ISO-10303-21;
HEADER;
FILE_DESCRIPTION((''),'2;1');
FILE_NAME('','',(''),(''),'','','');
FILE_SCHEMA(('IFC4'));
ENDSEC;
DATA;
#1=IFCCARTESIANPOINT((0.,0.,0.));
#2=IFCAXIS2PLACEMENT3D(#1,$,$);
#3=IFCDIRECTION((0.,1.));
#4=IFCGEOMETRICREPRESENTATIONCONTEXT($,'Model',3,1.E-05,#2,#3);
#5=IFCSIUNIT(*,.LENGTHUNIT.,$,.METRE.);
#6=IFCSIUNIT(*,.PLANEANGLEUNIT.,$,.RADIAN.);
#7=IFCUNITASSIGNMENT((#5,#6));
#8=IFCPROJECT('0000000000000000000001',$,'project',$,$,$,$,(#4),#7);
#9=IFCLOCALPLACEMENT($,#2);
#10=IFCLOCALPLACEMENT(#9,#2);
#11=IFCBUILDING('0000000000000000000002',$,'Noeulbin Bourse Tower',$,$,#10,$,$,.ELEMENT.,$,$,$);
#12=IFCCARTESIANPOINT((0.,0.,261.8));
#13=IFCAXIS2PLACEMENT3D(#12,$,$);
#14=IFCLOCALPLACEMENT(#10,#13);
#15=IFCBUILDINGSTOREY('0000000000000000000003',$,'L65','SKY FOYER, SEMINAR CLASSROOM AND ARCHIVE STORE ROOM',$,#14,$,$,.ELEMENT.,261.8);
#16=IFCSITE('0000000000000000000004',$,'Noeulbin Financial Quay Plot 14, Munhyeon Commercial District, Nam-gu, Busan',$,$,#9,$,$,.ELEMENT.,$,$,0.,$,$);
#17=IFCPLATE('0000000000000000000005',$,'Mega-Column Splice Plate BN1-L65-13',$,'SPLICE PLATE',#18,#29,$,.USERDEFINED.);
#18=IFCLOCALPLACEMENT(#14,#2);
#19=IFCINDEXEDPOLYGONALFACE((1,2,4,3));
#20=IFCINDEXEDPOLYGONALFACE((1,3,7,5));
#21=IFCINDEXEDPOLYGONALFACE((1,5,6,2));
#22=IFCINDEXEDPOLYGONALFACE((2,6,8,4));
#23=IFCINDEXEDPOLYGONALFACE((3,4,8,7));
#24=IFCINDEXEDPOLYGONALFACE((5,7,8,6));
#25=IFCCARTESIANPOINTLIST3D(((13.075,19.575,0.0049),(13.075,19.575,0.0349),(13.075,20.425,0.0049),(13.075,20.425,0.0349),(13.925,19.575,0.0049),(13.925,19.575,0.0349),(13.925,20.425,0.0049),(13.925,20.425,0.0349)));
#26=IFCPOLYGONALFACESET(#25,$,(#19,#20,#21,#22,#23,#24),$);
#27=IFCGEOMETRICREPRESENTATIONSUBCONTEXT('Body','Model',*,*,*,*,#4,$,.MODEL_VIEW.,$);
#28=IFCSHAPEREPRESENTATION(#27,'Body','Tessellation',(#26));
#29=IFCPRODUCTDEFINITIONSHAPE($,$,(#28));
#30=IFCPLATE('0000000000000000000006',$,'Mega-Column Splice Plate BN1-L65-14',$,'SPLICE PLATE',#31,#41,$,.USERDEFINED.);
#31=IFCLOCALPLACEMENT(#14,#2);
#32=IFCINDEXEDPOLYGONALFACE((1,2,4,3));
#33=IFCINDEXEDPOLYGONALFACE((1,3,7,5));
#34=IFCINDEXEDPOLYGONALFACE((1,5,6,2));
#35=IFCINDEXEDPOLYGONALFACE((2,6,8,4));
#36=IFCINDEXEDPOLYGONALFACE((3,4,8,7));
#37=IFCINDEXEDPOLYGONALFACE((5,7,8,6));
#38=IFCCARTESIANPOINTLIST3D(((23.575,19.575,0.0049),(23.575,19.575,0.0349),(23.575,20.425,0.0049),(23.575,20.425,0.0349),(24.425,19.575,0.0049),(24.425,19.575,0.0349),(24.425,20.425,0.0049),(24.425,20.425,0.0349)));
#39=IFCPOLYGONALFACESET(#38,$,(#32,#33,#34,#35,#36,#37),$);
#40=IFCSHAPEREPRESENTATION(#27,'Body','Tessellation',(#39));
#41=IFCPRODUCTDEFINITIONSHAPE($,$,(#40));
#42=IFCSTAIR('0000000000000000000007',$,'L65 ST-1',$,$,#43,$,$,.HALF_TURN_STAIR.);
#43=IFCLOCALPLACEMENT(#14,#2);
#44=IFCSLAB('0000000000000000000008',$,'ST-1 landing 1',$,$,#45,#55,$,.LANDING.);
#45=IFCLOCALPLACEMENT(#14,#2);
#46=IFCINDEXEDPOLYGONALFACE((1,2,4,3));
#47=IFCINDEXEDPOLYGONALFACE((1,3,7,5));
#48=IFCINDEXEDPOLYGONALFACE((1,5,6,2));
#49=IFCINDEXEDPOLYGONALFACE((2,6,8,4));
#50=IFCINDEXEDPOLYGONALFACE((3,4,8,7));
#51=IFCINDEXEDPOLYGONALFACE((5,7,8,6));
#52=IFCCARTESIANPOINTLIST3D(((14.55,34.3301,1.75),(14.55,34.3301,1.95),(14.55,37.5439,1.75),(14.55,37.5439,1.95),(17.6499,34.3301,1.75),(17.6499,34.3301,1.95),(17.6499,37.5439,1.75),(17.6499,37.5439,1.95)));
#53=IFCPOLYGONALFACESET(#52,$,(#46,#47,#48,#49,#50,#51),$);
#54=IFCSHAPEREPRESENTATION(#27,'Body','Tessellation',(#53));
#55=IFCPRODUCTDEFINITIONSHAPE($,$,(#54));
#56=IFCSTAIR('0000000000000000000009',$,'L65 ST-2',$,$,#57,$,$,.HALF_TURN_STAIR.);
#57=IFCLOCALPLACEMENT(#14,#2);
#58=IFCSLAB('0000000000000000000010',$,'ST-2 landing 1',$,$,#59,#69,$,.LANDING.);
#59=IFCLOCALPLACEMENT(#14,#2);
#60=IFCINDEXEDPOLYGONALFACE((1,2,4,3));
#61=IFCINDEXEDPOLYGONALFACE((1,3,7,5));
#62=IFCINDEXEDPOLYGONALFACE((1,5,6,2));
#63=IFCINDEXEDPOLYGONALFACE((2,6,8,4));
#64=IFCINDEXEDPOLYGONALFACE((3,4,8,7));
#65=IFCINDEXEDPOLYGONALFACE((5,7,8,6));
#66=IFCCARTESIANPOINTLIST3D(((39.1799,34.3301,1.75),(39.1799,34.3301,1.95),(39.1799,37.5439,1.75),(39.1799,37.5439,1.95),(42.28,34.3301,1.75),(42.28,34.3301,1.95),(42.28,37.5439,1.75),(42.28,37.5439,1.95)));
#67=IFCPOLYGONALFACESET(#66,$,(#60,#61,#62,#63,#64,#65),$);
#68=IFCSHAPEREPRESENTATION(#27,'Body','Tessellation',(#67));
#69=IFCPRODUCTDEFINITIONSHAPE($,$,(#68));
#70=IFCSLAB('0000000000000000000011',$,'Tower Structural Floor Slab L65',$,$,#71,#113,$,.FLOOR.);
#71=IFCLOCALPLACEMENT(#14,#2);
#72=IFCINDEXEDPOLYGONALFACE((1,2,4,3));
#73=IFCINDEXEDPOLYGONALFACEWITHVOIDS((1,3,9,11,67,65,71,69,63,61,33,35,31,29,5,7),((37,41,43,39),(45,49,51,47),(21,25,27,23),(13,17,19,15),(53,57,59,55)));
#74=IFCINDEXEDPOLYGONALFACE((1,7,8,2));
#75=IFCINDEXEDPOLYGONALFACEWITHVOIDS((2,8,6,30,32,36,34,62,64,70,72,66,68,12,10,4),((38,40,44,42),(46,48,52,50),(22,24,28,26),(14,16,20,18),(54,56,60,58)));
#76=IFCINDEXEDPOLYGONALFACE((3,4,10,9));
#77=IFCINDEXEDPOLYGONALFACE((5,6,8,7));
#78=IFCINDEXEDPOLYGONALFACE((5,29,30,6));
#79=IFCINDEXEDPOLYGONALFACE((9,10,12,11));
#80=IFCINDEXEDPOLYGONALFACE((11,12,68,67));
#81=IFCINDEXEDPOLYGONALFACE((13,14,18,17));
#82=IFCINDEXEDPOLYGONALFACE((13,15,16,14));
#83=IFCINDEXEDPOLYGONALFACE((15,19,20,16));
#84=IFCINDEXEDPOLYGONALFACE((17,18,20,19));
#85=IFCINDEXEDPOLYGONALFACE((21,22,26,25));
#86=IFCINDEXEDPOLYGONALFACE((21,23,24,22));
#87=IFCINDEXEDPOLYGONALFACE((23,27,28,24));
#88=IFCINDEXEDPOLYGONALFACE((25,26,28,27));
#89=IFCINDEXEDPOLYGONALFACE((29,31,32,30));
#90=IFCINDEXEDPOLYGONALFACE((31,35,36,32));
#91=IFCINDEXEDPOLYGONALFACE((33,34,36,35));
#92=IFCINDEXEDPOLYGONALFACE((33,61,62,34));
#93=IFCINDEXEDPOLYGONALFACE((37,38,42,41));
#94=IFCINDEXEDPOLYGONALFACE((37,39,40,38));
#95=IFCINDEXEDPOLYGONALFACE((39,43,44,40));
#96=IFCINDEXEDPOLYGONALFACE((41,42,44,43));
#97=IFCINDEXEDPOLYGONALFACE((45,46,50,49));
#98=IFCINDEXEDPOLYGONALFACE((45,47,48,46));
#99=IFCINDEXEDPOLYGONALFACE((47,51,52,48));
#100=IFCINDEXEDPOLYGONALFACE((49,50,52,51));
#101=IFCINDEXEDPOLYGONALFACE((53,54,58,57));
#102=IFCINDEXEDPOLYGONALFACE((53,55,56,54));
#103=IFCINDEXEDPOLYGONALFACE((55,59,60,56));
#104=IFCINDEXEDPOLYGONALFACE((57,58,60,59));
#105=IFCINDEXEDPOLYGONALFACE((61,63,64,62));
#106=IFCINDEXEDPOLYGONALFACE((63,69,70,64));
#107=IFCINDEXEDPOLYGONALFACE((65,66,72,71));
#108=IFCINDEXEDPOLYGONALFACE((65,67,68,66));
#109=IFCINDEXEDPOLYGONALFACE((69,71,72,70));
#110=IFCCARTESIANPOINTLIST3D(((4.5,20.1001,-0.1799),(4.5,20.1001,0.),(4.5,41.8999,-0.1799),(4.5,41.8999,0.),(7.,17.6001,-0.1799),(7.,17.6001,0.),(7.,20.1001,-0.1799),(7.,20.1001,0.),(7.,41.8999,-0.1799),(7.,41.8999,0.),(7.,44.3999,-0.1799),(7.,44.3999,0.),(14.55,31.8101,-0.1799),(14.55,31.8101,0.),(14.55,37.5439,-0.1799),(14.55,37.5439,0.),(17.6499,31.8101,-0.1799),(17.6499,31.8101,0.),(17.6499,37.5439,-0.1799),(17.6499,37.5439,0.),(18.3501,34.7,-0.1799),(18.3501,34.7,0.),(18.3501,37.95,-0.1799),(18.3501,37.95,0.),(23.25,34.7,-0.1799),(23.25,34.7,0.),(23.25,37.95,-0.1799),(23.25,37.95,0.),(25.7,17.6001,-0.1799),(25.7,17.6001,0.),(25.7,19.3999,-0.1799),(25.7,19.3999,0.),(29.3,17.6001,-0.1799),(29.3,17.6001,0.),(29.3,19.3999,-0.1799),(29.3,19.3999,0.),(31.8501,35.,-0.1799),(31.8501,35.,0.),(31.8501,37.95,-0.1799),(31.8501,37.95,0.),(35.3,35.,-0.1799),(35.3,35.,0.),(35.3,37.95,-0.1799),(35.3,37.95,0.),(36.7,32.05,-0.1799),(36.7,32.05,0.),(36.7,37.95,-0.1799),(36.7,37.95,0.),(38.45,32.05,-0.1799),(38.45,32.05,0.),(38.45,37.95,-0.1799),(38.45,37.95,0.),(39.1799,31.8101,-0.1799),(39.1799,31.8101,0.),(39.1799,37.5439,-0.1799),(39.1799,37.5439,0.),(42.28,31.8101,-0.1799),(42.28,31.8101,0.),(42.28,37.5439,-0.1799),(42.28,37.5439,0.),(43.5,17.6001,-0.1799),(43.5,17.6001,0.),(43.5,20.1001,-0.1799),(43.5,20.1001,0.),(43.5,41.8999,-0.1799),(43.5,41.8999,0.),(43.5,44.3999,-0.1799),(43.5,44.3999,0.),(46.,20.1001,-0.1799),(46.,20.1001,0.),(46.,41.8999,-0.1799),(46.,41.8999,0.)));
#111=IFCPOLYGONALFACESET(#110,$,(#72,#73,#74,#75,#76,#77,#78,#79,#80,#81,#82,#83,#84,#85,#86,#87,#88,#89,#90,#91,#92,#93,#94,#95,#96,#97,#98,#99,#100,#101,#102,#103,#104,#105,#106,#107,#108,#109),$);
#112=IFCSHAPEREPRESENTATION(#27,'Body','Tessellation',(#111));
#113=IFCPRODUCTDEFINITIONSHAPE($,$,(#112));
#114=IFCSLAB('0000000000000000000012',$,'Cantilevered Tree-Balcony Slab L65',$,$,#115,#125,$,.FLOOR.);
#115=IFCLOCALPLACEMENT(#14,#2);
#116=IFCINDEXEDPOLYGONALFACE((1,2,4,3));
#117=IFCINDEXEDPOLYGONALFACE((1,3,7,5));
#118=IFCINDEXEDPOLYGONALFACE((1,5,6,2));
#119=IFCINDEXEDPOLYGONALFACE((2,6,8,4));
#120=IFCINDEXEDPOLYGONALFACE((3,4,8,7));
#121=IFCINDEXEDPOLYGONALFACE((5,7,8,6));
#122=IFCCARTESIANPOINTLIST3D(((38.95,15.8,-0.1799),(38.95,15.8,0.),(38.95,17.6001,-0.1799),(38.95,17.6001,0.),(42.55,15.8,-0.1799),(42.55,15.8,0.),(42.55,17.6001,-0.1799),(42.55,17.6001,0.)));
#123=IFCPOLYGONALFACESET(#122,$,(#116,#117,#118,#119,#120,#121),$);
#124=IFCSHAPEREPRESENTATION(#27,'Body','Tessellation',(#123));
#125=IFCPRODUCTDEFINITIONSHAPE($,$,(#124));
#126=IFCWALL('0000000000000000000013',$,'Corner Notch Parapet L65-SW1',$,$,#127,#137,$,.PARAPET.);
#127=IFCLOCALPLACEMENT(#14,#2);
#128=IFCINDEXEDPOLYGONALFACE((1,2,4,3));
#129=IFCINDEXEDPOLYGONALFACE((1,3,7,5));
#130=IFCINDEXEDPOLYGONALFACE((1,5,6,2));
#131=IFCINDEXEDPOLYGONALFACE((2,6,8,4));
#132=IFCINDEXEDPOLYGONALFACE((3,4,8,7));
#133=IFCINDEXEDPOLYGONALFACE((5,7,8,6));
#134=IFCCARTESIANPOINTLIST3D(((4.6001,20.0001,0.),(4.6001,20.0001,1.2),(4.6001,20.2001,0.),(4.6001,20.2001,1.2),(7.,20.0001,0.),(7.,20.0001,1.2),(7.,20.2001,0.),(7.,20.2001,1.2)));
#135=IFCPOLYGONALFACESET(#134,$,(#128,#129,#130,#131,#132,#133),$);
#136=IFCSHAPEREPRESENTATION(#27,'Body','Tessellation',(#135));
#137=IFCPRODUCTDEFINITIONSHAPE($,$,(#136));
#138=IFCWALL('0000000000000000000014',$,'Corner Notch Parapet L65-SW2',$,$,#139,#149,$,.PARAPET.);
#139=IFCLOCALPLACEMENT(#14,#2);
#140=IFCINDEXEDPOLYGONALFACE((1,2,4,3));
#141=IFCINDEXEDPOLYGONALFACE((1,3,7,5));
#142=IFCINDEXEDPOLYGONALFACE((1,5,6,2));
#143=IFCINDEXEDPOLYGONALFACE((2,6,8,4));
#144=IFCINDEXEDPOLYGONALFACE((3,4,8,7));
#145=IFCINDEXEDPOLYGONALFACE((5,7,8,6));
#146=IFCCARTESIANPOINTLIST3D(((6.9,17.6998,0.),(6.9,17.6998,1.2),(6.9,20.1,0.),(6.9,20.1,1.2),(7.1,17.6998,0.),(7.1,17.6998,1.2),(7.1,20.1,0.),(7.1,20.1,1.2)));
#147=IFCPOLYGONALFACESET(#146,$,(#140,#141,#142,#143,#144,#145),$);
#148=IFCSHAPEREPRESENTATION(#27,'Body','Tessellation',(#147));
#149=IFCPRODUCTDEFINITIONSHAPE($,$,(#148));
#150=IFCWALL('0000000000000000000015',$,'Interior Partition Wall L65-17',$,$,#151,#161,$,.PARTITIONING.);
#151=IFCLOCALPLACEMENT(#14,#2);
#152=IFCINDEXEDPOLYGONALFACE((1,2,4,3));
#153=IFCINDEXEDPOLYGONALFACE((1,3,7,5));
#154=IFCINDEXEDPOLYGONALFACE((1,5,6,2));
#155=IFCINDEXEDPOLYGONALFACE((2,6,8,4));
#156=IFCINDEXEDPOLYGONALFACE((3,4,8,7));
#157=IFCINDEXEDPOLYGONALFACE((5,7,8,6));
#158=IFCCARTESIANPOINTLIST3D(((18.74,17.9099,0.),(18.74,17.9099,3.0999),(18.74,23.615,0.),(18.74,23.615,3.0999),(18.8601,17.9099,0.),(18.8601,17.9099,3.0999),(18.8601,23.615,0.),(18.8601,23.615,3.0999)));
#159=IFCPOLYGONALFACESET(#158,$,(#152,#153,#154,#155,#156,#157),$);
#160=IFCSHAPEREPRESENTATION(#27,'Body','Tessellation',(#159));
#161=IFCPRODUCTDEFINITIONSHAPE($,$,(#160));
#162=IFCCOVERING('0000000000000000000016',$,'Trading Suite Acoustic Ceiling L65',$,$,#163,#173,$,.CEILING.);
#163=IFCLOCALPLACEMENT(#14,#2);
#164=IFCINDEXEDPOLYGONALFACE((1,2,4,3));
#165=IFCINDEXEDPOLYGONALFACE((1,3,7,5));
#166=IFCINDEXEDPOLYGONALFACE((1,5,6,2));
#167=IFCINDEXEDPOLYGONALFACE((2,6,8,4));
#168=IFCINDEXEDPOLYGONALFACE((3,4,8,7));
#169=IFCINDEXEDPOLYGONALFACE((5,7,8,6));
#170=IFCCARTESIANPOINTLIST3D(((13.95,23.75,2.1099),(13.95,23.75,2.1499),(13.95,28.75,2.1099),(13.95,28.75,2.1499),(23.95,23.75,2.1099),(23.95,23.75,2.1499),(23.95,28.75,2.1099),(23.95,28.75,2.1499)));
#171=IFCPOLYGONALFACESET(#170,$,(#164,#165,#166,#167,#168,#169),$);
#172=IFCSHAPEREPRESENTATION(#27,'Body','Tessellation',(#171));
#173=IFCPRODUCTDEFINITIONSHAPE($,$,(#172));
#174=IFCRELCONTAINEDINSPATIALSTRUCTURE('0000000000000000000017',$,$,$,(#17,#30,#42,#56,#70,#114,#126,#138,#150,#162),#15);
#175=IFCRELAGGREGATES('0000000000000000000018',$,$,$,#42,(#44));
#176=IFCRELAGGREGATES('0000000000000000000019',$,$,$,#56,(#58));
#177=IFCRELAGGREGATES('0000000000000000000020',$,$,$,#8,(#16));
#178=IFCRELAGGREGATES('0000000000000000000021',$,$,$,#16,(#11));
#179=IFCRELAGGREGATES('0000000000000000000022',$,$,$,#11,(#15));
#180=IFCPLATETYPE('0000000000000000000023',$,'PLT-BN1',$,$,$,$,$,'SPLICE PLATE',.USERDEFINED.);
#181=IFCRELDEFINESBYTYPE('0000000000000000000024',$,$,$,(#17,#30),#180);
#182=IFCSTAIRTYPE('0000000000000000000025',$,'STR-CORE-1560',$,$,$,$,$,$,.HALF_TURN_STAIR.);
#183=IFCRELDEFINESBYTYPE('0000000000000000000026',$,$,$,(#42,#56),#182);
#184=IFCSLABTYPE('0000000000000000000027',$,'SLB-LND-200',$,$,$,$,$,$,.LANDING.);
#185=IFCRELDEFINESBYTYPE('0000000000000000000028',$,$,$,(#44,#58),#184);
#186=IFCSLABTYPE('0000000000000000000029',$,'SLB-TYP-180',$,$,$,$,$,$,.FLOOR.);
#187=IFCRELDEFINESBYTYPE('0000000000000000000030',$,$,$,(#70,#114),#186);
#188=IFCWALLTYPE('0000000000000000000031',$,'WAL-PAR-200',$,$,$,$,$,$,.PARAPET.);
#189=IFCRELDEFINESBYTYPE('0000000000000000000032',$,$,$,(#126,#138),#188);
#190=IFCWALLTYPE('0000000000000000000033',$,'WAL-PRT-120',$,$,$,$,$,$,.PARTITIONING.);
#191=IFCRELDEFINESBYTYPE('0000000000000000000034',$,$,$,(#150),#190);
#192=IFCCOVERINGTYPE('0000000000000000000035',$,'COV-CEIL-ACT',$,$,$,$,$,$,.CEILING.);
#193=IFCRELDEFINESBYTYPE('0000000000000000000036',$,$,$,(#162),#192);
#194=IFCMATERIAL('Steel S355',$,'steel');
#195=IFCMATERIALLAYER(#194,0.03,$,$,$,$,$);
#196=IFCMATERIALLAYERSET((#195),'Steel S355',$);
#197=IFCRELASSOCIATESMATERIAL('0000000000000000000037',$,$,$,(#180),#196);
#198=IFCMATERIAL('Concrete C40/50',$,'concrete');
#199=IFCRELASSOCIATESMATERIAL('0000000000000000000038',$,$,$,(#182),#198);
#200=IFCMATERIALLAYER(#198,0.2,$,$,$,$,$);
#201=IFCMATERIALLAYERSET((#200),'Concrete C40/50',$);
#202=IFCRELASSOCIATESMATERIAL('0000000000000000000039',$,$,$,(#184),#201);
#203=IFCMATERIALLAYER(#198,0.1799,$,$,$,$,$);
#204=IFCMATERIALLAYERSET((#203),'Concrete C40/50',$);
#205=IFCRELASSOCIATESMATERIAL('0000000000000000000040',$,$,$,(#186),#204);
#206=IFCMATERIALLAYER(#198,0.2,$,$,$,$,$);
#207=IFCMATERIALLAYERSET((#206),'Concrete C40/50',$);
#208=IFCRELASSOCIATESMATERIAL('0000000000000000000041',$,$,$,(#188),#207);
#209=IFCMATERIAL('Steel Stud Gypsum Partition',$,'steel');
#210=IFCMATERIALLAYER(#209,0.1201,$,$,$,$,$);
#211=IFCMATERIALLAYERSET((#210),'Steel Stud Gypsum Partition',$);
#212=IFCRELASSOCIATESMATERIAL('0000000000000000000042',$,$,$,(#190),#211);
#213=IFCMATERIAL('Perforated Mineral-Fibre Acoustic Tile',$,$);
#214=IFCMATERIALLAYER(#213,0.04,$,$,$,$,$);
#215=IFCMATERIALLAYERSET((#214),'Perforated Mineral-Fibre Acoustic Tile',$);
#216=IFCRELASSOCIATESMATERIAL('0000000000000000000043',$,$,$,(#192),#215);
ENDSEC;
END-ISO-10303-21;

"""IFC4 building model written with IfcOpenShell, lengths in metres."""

from ifc_helpers import new_model, si_unit, direction, frame, frame_2d, origin, origin_2d, place, context, subcontext, project, spatial, polyline, rectangle, outline, extrude, material, layer, layer_set, type_object, element, aggregate, save


model = new_model("IFC4")

# Units and contexts
model_context = context("Model", 3, precision=1e-05, world=origin(), true_north=direction((0.0, 1.0)))
body_context = subcontext(model_context, "Body", "Model", "MODEL_VIEW")
ifc_project = project(units=[si_unit("LENGTHUNIT", "METRE"), si_unit("PLANEANGLEUNIT", "RADIAN")], contexts=[model_context])

# Site, building, storey
site_placement = place(None, origin())
site = spatial("IfcSite", under=ifc_project, at=site_placement, Name="Noeulbin Financial Quay Plot 14, Munhyeon Commercial District, Nam-gu, Busan", CompositionType="ELEMENT", RefElevation=0.0)
building_placement = place(site_placement, origin())
building = spatial("IfcBuilding", under=site, at=building_placement, Name="Noeulbin Bourse Tower", CompositionType="ELEMENT")
storey_placement = place(building_placement, frame((0.0, 0.0, 261.8)))
storey = spatial("IfcBuildingStorey", under=building, at=storey_placement, Name="L65", Description="SKY FOYER, SEMINAR CLASSROOM AND ARCHIVE STORE ROOM", CompositionType="ELEMENT", Elevation=261.8)

# Shared definitions
ifc_material_1 = material(Name="Steel S355", Category="steel")

# Plates
ifc_layer_1 = layer(ifc_material_1, 0.03)
ifc_layer_set_1 = layer_set([ifc_layer_1], Name="Steel S355")
plate_type_1 = type_object("IfcPlateType", Name="PLT-BN1", ElementType="SPLICE PLATE", PredefinedType="USERDEFINED", material=ifc_layer_set_1)
for number, where, z_axis, x_axis, name in (
    (1, (13.5, 20.0, 0.0049), (0.0, 0.0, 1.0), (1.0, 0.0, 0.0), "Mega-Column Splice Plate BN1-L65-13"),
    (2, (24.0, 20.0, 0.0049), (0.0, 0.0, 1.0), (1.0, 0.0, 0.0), "Mega-Column Splice Plate BN1-L65-14"),
):
    element("IfcPlate", number, at=place(storey_placement, frame(where, z_axis=z_axis, x_axis=x_axis)), inside=storey, type_object=plate_type_1, Name=name, ObjectType="SPLICE PLATE", PredefinedType="USERDEFINED", context=body_context, shape_type="SweptSolid", body=[
        extrude(rectangle(XDim=0.8501, YDim=0.8501, at=origin_2d()), origin(), (0.0, 0.0, 1.0), 0.03),
    ])

# Stairs, slabs
ifc_material_2 = material(Name="Concrete C40/50", Category="concrete")
stair_type = type_object("IfcStairType", Name="STR-CORE-1560", PredefinedType="HALF_TURN_STAIR", material=ifc_material_2)
stair_1_placement = place(storey_placement, origin())
stair_1 = element("IfcStair", 3, at=stair_1_placement, inside=storey, type_object=stair_type, Name="L65 ST-1", PredefinedType="HALF_TURN_STAIR")
ifc_layer_2 = layer(ifc_material_2, 0.2)
ifc_layer_set_2 = layer_set([ifc_layer_2], Name="Concrete C40/50")
slab_type_1 = type_object("IfcSlabType", Name="SLB-LND-200", PredefinedType="LANDING", material=ifc_layer_set_2)
slab_1_placement = place(storey_placement, frame((0.0, 0.0, 1.75)))
slab_1 = element("IfcSlab", 4, at=slab_1_placement, type_object=slab_type_1, Name="ST-1 landing 1", PredefinedType="LANDING", context=body_context, shape_type="SweptSolid", body=[
    extrude(outline(polyline([(17.6499, 34.3301), (17.6499, 37.5439), (14.55, 37.5439), (14.55, 34.3301), (17.6499, 34.3301)])), origin(), (0.0, 0.0, 1.0), 0.2),
])
aggregate(stair_1, [slab_1])
stair_2_placement = place(storey_placement, origin())
stair_2 = element("IfcStair", 5, at=stair_2_placement, inside=storey, type_object=stair_type, Name="L65 ST-2", PredefinedType="HALF_TURN_STAIR")
slab_2_placement = place(storey_placement, frame((0.0, 0.0, 1.75)))
slab_2 = element("IfcSlab", 6, at=slab_2_placement, type_object=slab_type_1, Name="ST-2 landing 1", PredefinedType="LANDING", context=body_context, shape_type="SweptSolid", body=[
    extrude(outline(polyline([(42.28, 34.3301), (42.28, 37.5439), (39.1799, 37.5439), (39.1799, 34.3301), (42.28, 34.3301)])), origin(), (0.0, 0.0, 1.0), 0.2),
])
aggregate(stair_2, [slab_2])

# Slab, openings
ifc_layer_3 = layer(ifc_material_2, 0.1799)
ifc_layer_set_3 = layer_set([ifc_layer_3], Name="Concrete C40/50")
slab_type_2 = type_object("IfcSlabType", Name="SLB-TYP-180", PredefinedType="FLOOR", material=ifc_layer_set_3)
slab_3_placement = place(storey_placement, frame((0.0, 0.0, -0.1799)))
slab_3 = element("IfcSlab", 7, at=slab_3_placement, inside=storey, type_object=slab_type_2, Name="Tower Structural Floor Slab L65", PredefinedType="FLOOR", context=body_context, shape_type="SweptSolid", body=[
    extrude(outline(polyline([(7.0, 17.6001), (25.7, 17.6001), (25.7, 19.3999), (29.3, 19.3999), (29.3, 17.6001), (43.5, 17.6001), (43.5, 20.1001), (46.0, 20.1001), (46.0, 41.8999), (43.5, 41.8999), (43.5, 44.3999), (7.0, 44.3999), (7.0, 41.8999), (4.5, 41.8999), (4.5, 20.1001), (7.0, 20.1001), (7.0, 17.6001)]), holes=[polyline([(17.6499, 31.8101), (17.6499, 37.5439), (14.55, 37.5439), (14.55, 31.8101), (17.6499, 31.8101)]), polyline([(42.28, 31.8101), (42.28, 37.5439), (39.1799, 37.5439), (39.1799, 31.8101), (42.28, 31.8101)]), polyline([(18.3501, 34.7), (23.25, 34.7), (23.25, 37.95), (18.3501, 37.95), (18.3501, 34.7)]), polyline([(36.7, 32.05), (38.45, 32.05), (38.45, 37.95), (36.7, 37.95), (36.7, 32.05)]), polyline([(31.8501, 35.0), (35.3, 35.0), (35.3, 37.95), (31.8501, 37.95), (31.8501, 35.0)])]), origin(), (0.0, 0.0, 1.0), 0.1799),
])
opening_1_placement = place(slab_3_placement, frame((0.0, 0.0, -0.01)))
element("IfcOpeningElement", 8, at=opening_1_placement, cuts=slab_3, PredefinedType="OPENING", context=body_context, shape_type="SweptSolid", body=[
    extrude(outline(polyline([(17.6499, 31.8101), (17.6499, 37.5439), (14.55, 37.5439), (14.55, 31.8101), (17.6499, 31.8101)])), origin(), (0.0, 0.0, 1.0), 0.2),
])
opening_2_placement = place(slab_3_placement, frame((0.0, 0.0, -0.01)))
element("IfcOpeningElement", 9, at=opening_2_placement, cuts=slab_3, PredefinedType="OPENING", context=body_context, shape_type="SweptSolid", body=[
    extrude(outline(polyline([(42.28, 31.8101), (42.28, 37.5439), (39.1799, 37.5439), (39.1799, 31.8101), (42.28, 31.8101)])), origin(), (0.0, 0.0, 1.0), 0.2),
])
opening_3_placement = place(slab_3_placement, frame((0.0, 0.0, -0.01)))
element("IfcOpeningElement", 10, at=opening_3_placement, cuts=slab_3, PredefinedType="OPENING", context=body_context, shape_type="SweptSolid", body=[
    extrude(outline(polyline([(18.3501, 34.7), (23.25, 34.7), (23.25, 37.95), (18.3501, 37.95), (18.3501, 34.7)])), origin(), (0.0, 0.0, 1.0), 0.2),
])
opening_4_placement = place(slab_3_placement, frame((0.0, 0.0, -0.01)))
element("IfcOpeningElement", 11, at=opening_4_placement, cuts=slab_3, PredefinedType="OPENING", context=body_context, shape_type="SweptSolid", body=[
    extrude(outline(polyline([(36.7, 32.05), (38.45, 32.05), (38.45, 37.95), (36.7, 37.95), (36.7, 32.05)])), origin(), (0.0, 0.0, 1.0), 0.2),
])
opening_5_placement = place(slab_3_placement, frame((0.0, 0.0, -0.01)))
element("IfcOpeningElement", 12, at=opening_5_placement, cuts=slab_3, PredefinedType="OPENING", context=body_context, shape_type="SweptSolid", body=[
    extrude(outline(polyline([(31.8501, 35.0), (35.3, 35.0), (35.3, 37.95), (31.8501, 37.95), (31.8501, 35.0)])), origin(), (0.0, 0.0, 1.0), 0.2),
])

# Slab
slab_4_placement = place(storey_placement, frame((0.0, 0.0, -0.1799)))
element("IfcSlab", 13, at=slab_4_placement, inside=storey, type_object=slab_type_2, Name="Cantilevered Tree-Balcony Slab L65", PredefinedType="FLOOR", context=body_context, shape_type="SweptSolid", body=[
    extrude(outline(polyline([(38.95, 15.8), (42.55, 15.8), (42.55, 17.6001), (38.95, 17.6001), (38.95, 15.8)])), origin(), (0.0, 0.0, 1.0), 0.1799),
])

# Walls
ifc_layer_4 = layer(ifc_material_2, 0.2)
ifc_layer_set_4 = layer_set([ifc_layer_4], Name="Concrete C40/50")
wall_type_1 = type_object("IfcWallType", Name="WAL-PAR-200", PredefinedType="PARAPET", material=ifc_layer_set_4)
wall_1_placement = place(storey_placement, frame((4.6001, 20.1001, 0.0), z_axis=(0.0, 0.0, 1.0), x_axis=(1.0, 0.0, 0.0)))
element("IfcWall", 14, at=wall_1_placement, inside=storey, type_object=wall_type_1, Name="Corner Notch Parapet L65-SW1", PredefinedType="PARAPET", context=body_context, shape_type="SweptSolid", body=[
    extrude(rectangle(XDim=2.3999, YDim=0.2, at=frame_2d((1.2, 0.0))), origin(), (0.0, 0.0, 1.0), 1.2),
])
wall_2_placement = place(storey_placement, frame((7.0, 20.1001, 0.0), z_axis=(0.0, 0.0, 1.0), x_axis=(0.0, -1.0, 0.0)))
element("IfcWall", 15, at=wall_2_placement, inside=storey, type_object=wall_type_1, Name="Corner Notch Parapet L65-SW2", PredefinedType="PARAPET", context=body_context, shape_type="SweptSolid", body=[
    extrude(rectangle(XDim=2.4001, YDim=0.2, at=frame_2d((1.2002, 0.0))), origin(), (0.0, 0.0, 1.0), 1.2),
])
ifc_material_3 = material(Name="Steel Stud Gypsum Partition", Category="steel")
ifc_layer_5 = layer(ifc_material_3, 0.1201)
ifc_layer_set_5 = layer_set([ifc_layer_5], Name="Steel Stud Gypsum Partition")
wall_type_2 = type_object("IfcWallType", Name="WAL-PRT-120", PredefinedType="PARTITIONING", material=ifc_layer_set_5)
wall_3_placement = place(storey_placement, frame((18.8, 17.9099, 0.0), z_axis=(0.0, 0.0, 1.0), x_axis=(0.0, 1.0, 0.0)))
element("IfcWall", 16, at=wall_3_placement, inside=storey, type_object=wall_type_2, Name="Interior Partition Wall L65-17", PredefinedType="PARTITIONING", context=body_context, shape_type="SweptSolid", body=[
    extrude(rectangle(XDim=5.7051, YDim=0.1201, at=frame_2d((2.8525, 0.0))), origin(), (0.0, 0.0, 1.0), 3.0999),
])

# Covering
ifc_material_4 = material(Name="Perforated Mineral-Fibre Acoustic Tile")
ifc_layer_6 = layer(ifc_material_4, 0.04)
ifc_layer_set_6 = layer_set([ifc_layer_6], Name="Perforated Mineral-Fibre Acoustic Tile")
covering_type_1 = type_object("IfcCoveringType", Name="COV-CEIL-ACT", PredefinedType="CEILING", material=ifc_layer_set_6)
covering_1_placement = place(storey_placement, frame((0.0, 0.0, 2.1099)))
element("IfcCovering", 17, at=covering_1_placement, inside=storey, type_object=covering_type_1, Name="Trading Suite Acoustic Ceiling L65", PredefinedType="CEILING", context=body_context, shape_type="SweptSolid", body=[
    extrude(outline(polyline([(13.95, 23.75), (23.95, 23.75), (23.95, 28.75), (13.95, 28.75), (13.95, 23.75)])), origin(), (0.0, 0.0, 1.0), 0.04),
])

save(model, "model.ifc")
